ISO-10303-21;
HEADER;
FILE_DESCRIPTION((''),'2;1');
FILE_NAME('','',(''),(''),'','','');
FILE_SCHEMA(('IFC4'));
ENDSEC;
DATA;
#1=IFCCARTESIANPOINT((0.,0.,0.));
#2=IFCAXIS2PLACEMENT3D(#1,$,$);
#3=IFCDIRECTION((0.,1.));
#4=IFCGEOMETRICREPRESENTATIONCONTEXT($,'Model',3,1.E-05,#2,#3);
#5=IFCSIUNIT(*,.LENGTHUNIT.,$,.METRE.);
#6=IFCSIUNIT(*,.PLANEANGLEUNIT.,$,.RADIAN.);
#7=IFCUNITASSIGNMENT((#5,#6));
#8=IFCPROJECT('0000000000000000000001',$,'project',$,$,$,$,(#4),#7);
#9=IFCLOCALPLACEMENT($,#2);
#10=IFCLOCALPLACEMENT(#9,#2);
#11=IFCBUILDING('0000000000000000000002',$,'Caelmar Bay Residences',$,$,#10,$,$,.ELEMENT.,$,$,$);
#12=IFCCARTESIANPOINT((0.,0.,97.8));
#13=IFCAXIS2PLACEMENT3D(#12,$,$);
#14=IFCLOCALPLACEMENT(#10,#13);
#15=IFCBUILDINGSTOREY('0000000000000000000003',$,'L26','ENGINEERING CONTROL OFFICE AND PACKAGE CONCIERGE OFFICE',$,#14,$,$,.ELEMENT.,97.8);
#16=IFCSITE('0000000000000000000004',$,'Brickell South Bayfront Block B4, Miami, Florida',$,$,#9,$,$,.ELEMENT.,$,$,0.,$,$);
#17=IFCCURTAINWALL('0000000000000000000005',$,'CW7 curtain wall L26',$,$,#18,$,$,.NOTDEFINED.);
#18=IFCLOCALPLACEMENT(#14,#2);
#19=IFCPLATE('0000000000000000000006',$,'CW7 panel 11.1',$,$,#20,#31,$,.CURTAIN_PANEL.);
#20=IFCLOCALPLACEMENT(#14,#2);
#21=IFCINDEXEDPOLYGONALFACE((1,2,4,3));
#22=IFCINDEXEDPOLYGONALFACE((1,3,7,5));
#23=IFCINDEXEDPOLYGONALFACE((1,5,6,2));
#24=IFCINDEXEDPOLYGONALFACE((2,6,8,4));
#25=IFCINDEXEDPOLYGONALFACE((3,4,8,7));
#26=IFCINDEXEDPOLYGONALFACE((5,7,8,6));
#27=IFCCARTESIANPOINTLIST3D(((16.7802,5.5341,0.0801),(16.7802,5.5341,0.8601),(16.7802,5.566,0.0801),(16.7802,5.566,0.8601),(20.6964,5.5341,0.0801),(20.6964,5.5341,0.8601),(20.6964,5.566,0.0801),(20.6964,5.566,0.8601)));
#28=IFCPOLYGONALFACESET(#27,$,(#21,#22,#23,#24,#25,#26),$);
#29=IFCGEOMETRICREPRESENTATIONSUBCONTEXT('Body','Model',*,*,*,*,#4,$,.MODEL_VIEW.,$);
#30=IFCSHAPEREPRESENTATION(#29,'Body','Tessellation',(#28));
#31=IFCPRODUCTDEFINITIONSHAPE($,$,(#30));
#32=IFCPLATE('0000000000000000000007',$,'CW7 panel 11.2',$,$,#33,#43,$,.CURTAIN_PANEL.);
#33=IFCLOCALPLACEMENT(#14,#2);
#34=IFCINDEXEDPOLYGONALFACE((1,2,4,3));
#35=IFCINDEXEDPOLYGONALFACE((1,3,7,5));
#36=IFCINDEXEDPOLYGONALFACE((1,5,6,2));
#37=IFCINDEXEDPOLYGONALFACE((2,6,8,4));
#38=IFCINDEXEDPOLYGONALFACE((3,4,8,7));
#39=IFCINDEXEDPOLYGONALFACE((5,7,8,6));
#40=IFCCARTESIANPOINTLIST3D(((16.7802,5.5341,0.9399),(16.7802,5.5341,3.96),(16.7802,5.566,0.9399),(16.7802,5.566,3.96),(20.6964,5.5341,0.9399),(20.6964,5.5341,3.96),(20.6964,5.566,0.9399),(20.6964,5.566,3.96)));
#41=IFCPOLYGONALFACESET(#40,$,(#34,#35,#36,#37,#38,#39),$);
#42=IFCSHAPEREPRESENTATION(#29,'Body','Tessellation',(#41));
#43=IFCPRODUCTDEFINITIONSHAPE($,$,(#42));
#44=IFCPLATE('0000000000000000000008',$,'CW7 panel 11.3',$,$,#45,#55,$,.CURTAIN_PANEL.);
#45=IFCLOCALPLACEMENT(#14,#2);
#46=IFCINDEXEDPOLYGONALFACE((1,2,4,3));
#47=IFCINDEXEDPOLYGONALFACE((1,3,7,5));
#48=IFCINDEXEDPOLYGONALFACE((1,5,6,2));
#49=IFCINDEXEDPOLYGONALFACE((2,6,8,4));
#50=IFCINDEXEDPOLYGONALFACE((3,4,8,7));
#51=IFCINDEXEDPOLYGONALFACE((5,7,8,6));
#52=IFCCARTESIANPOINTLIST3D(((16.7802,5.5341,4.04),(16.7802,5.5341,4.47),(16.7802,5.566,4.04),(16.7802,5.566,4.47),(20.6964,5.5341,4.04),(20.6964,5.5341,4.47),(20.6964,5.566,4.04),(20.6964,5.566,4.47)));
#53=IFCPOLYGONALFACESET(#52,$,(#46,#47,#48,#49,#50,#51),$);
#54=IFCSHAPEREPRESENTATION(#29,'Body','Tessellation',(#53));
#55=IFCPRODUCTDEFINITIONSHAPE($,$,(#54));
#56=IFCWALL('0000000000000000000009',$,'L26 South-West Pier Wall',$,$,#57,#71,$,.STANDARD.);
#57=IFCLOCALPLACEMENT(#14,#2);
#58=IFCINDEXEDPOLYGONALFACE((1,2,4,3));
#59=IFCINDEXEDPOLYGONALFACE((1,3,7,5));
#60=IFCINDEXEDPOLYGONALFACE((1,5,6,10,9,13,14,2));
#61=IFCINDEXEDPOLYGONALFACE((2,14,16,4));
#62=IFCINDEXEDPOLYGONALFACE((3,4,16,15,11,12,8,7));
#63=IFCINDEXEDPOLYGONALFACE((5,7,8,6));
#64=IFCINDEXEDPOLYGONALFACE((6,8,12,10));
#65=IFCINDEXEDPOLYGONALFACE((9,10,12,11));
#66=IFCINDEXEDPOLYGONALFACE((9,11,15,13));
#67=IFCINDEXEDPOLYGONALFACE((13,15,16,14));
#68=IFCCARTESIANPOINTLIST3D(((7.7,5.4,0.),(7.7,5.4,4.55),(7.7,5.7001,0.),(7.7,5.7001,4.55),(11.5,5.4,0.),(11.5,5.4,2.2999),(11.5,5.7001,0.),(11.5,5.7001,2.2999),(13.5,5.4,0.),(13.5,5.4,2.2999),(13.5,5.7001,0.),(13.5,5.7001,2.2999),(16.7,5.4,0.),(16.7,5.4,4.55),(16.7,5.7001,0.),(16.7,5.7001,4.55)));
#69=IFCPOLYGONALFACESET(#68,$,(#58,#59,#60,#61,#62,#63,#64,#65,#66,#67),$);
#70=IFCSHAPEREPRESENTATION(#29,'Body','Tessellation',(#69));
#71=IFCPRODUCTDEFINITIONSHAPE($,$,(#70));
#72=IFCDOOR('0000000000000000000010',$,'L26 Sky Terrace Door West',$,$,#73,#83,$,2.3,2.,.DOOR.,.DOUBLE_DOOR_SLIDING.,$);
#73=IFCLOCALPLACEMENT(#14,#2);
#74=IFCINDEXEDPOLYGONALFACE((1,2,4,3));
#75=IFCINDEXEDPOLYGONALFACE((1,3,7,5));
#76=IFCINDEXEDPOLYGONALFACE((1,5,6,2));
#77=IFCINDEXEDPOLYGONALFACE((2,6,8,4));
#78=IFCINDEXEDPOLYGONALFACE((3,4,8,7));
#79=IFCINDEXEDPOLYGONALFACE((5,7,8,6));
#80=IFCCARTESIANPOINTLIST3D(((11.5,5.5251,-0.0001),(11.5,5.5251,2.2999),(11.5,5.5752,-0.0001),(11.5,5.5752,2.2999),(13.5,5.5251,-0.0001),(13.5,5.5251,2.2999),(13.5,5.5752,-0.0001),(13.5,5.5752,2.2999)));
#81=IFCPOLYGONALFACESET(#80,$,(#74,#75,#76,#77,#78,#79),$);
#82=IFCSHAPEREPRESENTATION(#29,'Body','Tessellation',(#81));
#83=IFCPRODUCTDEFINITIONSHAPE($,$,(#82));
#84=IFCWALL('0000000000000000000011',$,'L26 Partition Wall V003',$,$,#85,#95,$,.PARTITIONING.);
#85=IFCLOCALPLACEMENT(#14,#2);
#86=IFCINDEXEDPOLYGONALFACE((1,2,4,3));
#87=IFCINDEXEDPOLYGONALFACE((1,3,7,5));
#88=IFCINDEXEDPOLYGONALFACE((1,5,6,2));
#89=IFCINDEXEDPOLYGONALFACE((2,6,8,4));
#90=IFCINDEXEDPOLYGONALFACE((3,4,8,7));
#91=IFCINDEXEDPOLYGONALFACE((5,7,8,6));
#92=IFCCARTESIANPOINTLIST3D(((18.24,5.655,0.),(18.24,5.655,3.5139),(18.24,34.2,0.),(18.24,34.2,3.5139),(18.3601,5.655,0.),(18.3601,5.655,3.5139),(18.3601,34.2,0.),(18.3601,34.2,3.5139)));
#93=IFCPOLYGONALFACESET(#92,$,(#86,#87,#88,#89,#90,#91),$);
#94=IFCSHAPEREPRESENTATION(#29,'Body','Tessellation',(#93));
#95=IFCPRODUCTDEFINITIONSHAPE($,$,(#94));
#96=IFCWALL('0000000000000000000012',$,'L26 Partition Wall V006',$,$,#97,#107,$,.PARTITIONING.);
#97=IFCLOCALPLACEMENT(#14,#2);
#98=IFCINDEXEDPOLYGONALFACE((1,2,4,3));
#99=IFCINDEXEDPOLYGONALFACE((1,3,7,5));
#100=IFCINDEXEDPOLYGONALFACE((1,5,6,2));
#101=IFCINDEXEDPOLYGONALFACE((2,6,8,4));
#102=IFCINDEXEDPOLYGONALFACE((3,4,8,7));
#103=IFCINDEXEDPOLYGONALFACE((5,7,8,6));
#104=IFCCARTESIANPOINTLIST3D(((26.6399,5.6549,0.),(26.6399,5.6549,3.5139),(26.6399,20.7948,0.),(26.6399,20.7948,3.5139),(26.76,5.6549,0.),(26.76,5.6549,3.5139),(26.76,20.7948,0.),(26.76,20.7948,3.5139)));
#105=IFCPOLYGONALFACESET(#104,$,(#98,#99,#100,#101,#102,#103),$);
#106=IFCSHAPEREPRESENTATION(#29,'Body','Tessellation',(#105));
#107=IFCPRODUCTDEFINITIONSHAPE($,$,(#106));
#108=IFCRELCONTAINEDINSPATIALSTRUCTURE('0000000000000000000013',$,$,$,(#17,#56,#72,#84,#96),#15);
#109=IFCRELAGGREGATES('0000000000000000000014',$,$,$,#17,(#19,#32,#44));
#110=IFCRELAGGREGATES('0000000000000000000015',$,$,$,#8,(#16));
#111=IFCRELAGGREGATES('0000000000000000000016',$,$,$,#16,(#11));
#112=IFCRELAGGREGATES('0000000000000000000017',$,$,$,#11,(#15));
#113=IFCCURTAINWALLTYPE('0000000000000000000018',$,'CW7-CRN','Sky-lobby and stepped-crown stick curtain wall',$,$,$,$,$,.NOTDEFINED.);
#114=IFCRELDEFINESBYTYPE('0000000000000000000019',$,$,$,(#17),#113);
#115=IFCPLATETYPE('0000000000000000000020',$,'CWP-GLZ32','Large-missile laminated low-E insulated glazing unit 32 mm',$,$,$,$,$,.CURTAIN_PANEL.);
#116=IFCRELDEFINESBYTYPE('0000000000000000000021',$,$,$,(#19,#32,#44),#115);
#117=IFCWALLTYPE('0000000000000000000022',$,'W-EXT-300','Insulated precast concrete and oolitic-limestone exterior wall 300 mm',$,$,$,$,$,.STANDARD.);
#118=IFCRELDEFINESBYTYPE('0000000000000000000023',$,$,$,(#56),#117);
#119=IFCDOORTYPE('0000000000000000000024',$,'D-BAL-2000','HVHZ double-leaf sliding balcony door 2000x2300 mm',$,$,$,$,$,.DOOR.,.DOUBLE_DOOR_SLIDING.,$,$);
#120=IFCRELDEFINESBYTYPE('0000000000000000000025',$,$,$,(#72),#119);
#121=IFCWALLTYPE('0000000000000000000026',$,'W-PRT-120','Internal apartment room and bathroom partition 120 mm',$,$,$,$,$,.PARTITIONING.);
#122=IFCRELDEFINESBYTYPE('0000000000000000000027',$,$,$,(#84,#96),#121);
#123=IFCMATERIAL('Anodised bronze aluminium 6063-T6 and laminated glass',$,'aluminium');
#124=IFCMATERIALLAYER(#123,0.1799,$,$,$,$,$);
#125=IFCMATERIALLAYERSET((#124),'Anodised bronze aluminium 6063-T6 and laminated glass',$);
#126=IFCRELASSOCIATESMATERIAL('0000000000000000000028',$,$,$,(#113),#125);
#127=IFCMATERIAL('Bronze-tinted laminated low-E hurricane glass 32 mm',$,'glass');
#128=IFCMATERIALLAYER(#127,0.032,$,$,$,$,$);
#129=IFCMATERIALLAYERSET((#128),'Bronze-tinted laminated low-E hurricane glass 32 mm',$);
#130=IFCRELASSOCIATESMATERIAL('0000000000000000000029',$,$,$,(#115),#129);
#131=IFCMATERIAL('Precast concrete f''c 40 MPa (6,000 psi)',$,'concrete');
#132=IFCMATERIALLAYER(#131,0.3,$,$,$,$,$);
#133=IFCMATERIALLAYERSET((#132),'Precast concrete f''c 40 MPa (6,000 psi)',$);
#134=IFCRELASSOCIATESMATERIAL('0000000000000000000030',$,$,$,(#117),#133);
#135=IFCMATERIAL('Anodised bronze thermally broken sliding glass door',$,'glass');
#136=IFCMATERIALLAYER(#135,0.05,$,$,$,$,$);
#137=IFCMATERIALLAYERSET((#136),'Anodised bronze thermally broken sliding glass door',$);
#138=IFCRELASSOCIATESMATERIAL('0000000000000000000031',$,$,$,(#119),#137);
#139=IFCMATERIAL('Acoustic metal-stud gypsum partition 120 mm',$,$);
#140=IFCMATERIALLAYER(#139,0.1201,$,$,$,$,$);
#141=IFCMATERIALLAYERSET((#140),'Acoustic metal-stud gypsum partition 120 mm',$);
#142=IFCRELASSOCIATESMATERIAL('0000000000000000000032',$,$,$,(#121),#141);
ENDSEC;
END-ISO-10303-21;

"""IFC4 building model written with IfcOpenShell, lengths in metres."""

from ifc_helpers import new_model, si_unit, direction, frame, frame_2d, origin, origin_2d, place, context, subcontext, project, spatial, rectangle, extrude, material, layer, layer_set, type_object, element, fill, aggregate, save


model = new_model("IFC4")

# Units and contexts
model_context = context("Model", 3, precision=1e-05, world=origin(), true_north=direction((0.0, 1.0)))
body_context = subcontext(model_context, "Body", "Model", "MODEL_VIEW")
ifc_project = project(units=[si_unit("LENGTHUNIT", "METRE"), si_unit("PLANEANGLEUNIT", "RADIAN")], contexts=[model_context])

# Site, building, storey
site_placement = place(None, origin())
site = spatial("IfcSite", under=ifc_project, at=site_placement, Name="Brickell South Bayfront Block B4, Miami, Florida", CompositionType="ELEMENT", RefElevation=0.0)
building_placement = place(site_placement, origin())
building = spatial("IfcBuilding", under=site, at=building_placement, Name="Caelmar Bay Residences", CompositionType="ELEMENT")
storey_placement = place(building_placement, frame((0.0, 0.0, 97.8)))
storey = spatial("IfcBuildingStorey", under=building, at=storey_placement, Name="L26", Description="ENGINEERING CONTROL OFFICE AND PACKAGE CONCIERGE OFFICE", CompositionType="ELEMENT", Elevation=97.8)

# Curtain wall, plates
ifc_material_1 = material(Name="Anodised bronze aluminium 6063-T6 and laminated glass", Category="aluminium")
ifc_layer_1 = layer(ifc_material_1, 0.1799)
ifc_layer_set_1 = layer_set([ifc_layer_1], Name="Anodised bronze aluminium 6063-T6 and laminated glass")
curtain_wall_type = type_object("IfcCurtainWallType", Name="CW7-CRN", Description="Sky-lobby and stepped-crown stick curtain wall", PredefinedType="NOTDEFINED", material=ifc_layer_set_1)
curtain_wall_placement = place(storey_placement, origin())
curtain_wall = element("IfcCurtainWall", 1, at=curtain_wall_placement, inside=storey, type_object=curtain_wall_type, Name="CW7 curtain wall L26", PredefinedType="NOTDEFINED")
ifc_material_2 = material(Name="Bronze-tinted laminated low-E hurricane glass 32 mm", Category="glass")
ifc_layer_2 = layer(ifc_material_2, 0.032)
ifc_layer_set_2 = layer_set([ifc_layer_2], Name="Bronze-tinted laminated low-E hurricane glass 32 mm")
plate_type = type_object("IfcPlateType", Name="CWP-GLZ32", Description="Large-missile laminated low-E insulated glazing unit 32 mm", PredefinedType="CURTAIN_PANEL", material=ifc_layer_set_2)
plate_1_placement = place(storey_placement, frame((18.7383, 5.55, 0.0801), z_axis=(0.0, 0.0, 1.0), x_axis=(-1.0, 0.0, 0.0)))
plate_1 = element("IfcPlate", 2, at=plate_1_placement, type_object=plate_type, Name="CW7 panel 11.1", PredefinedType="CURTAIN_PANEL", context=body_context, shape_type="SweptSolid", body=[
    extrude(rectangle(XDim=3.9163, YDim=0.032, at=origin_2d()), origin(), (0.0, 0.0, 1.0), 0.78),
])
plate_2_placement = place(storey_placement, frame((18.7383, 5.55, 0.9399), z_axis=(0.0, 0.0, 1.0), x_axis=(-1.0, 0.0, 0.0)))
plate_2 = element("IfcPlate", 3, at=plate_2_placement, type_object=plate_type, Name="CW7 panel 11.2", PredefinedType="CURTAIN_PANEL", context=body_context, shape_type="SweptSolid", body=[
    extrude(rectangle(XDim=3.9163, YDim=0.032, at=origin_2d()), origin(), (0.0, 0.0, 1.0), 3.02),
])
plate_3_placement = place(storey_placement, frame((18.7383, 5.55, 4.04), z_axis=(0.0, 0.0, 1.0), x_axis=(-1.0, 0.0, 0.0)))
plate_3 = element("IfcPlate", 4, at=plate_3_placement, type_object=plate_type, Name="CW7 panel 11.3", PredefinedType="CURTAIN_PANEL", context=body_context, shape_type="SweptSolid", body=[
    extrude(rectangle(XDim=3.9163, YDim=0.032, at=origin_2d()), origin(), (0.0, 0.0, 1.0), 0.4299),
])
aggregate(curtain_wall, [plate_1, plate_2, plate_3])

# Wall, opening, door
ifc_material_3 = material(Name="Precast concrete f'c 40 MPa (6,000 psi)", Category="concrete")
ifc_layer_3 = layer(ifc_material_3, 0.3)
ifc_layer_set_3 = layer_set([ifc_layer_3], Name="Precast concrete f'c 40 MPa (6,000 psi)")
wall_type_1 = type_object("IfcWallType", Name="W-EXT-300", Description="Insulated precast concrete and oolitic-limestone exterior wall 300 mm", PredefinedType="STANDARD", material=ifc_layer_set_3)
wall_1_placement = place(storey_placement, frame((16.7, 5.55, 0.0), z_axis=(0.0, 0.0, 1.0), x_axis=(-1.0, 0.0, 0.0)))
wall_1 = element("IfcWall", 5, at=wall_1_placement, inside=storey, type_object=wall_type_1, Name="L26 South-West Pier Wall", PredefinedType="STANDARD", context=body_context, shape_type="SweptSolid", body=[
    extrude(rectangle(XDim=9.0, YDim=0.3, at=frame_2d((4.5, 0.0))), origin(), (0.0, 0.0, 1.0), 4.55),
])
opening_placement = place(wall_1_placement, frame((3.2, 0.0, 0.0)))
opening = element("IfcOpeningElement", 6, at=opening_placement, cuts=wall_1, PredefinedType="OPENING", context=body_context, shape_type="SweptSolid", body=[
    extrude(rectangle(XDim=2.0, YDim=2.3, at=frame_2d((1.0, 1.1499))), frame((0.0, 0.1599, 0.0), z_axis=(0.0, -1.0, 0.0), x_axis=(1.0, 0.0, 0.0)), (0.0, 0.0, 1.0), 0.3201),
])
ifc_material_4 = material(Name="Anodised bronze thermally broken sliding glass door", Category="glass")
ifc_layer_4 = layer(ifc_material_4, 0.05)
ifc_layer_set_4 = layer_set([ifc_layer_4], Name="Anodised bronze thermally broken sliding glass door")
door_type = type_object("IfcDoorType", Name="D-BAL-2000", Description="HVHZ double-leaf sliding balcony door 2000x2300 mm", OperationType="DOUBLE_DOOR_SLIDING", PredefinedType="DOOR", material=ifc_layer_set_4)
door_placement = place(opening_placement, origin())
door = element("IfcDoor", 7, at=door_placement, inside=storey, type_object=door_type, Name="L26 Sky Terrace Door West", OperationType="DOUBLE_DOOR_SLIDING", OverallHeight=2.3, OverallWidth=2.0, PredefinedType="DOOR", context=body_context, shape_type="SweptSolid", body=[
    extrude(rectangle(XDim=2.0, YDim=2.3, at=frame_2d((1.0, 1.1499))), frame((0.0, 0.0249, 0.0), z_axis=(0.0, -1.0, 0.0), x_axis=(1.0, 0.0, 0.0)), (0.0, 0.0, 1.0), 0.05),
])
fill(opening, door)

# Walls
ifc_material_5 = material(Name="Acoustic metal-stud gypsum partition 120 mm")
ifc_layer_5 = layer(ifc_material_5, 0.1201)
ifc_layer_set_5 = layer_set([ifc_layer_5], Name="Acoustic metal-stud gypsum partition 120 mm")
wall_type_2 = type_object("IfcWallType", Name="W-PRT-120", Description="Internal apartment room and bathroom partition 120 mm", PredefinedType="PARTITIONING", material=ifc_layer_set_5)
wall_2_placement = place(storey_placement, frame((18.3, 5.655, 0.0), z_axis=(0.0, 0.0, 1.0), x_axis=(0.0, 1.0, 0.0)))
element("IfcWall", 8, at=wall_2_placement, inside=storey, type_object=wall_type_2, Name="L26 Partition Wall V003", PredefinedType="PARTITIONING", context=body_context, shape_type="SweptSolid", body=[
    extrude(rectangle(XDim=28.5449, YDim=0.1201, at=frame_2d((14.2725, 0.0))), origin(), (0.0, 0.0, 1.0), 3.5139),
])
wall_3_placement = place(storey_placement, frame((26.7, 5.655, 0.0), z_axis=(0.0, 0.0, 1.0), x_axis=(0.0, 1.0, 0.0)))
element("IfcWall", 9, at=wall_3_placement, inside=storey, type_object=wall_type_2, Name="L26 Partition Wall V006", PredefinedType="PARTITIONING", context=body_context, shape_type="SweptSolid", body=[
    extrude(rectangle(XDim=15.1399, YDim=0.1201, at=frame_2d((7.5698, 0.0))), origin(), (0.0, 0.0, 1.0), 3.5139),
])

save(model, "model.ifc")
